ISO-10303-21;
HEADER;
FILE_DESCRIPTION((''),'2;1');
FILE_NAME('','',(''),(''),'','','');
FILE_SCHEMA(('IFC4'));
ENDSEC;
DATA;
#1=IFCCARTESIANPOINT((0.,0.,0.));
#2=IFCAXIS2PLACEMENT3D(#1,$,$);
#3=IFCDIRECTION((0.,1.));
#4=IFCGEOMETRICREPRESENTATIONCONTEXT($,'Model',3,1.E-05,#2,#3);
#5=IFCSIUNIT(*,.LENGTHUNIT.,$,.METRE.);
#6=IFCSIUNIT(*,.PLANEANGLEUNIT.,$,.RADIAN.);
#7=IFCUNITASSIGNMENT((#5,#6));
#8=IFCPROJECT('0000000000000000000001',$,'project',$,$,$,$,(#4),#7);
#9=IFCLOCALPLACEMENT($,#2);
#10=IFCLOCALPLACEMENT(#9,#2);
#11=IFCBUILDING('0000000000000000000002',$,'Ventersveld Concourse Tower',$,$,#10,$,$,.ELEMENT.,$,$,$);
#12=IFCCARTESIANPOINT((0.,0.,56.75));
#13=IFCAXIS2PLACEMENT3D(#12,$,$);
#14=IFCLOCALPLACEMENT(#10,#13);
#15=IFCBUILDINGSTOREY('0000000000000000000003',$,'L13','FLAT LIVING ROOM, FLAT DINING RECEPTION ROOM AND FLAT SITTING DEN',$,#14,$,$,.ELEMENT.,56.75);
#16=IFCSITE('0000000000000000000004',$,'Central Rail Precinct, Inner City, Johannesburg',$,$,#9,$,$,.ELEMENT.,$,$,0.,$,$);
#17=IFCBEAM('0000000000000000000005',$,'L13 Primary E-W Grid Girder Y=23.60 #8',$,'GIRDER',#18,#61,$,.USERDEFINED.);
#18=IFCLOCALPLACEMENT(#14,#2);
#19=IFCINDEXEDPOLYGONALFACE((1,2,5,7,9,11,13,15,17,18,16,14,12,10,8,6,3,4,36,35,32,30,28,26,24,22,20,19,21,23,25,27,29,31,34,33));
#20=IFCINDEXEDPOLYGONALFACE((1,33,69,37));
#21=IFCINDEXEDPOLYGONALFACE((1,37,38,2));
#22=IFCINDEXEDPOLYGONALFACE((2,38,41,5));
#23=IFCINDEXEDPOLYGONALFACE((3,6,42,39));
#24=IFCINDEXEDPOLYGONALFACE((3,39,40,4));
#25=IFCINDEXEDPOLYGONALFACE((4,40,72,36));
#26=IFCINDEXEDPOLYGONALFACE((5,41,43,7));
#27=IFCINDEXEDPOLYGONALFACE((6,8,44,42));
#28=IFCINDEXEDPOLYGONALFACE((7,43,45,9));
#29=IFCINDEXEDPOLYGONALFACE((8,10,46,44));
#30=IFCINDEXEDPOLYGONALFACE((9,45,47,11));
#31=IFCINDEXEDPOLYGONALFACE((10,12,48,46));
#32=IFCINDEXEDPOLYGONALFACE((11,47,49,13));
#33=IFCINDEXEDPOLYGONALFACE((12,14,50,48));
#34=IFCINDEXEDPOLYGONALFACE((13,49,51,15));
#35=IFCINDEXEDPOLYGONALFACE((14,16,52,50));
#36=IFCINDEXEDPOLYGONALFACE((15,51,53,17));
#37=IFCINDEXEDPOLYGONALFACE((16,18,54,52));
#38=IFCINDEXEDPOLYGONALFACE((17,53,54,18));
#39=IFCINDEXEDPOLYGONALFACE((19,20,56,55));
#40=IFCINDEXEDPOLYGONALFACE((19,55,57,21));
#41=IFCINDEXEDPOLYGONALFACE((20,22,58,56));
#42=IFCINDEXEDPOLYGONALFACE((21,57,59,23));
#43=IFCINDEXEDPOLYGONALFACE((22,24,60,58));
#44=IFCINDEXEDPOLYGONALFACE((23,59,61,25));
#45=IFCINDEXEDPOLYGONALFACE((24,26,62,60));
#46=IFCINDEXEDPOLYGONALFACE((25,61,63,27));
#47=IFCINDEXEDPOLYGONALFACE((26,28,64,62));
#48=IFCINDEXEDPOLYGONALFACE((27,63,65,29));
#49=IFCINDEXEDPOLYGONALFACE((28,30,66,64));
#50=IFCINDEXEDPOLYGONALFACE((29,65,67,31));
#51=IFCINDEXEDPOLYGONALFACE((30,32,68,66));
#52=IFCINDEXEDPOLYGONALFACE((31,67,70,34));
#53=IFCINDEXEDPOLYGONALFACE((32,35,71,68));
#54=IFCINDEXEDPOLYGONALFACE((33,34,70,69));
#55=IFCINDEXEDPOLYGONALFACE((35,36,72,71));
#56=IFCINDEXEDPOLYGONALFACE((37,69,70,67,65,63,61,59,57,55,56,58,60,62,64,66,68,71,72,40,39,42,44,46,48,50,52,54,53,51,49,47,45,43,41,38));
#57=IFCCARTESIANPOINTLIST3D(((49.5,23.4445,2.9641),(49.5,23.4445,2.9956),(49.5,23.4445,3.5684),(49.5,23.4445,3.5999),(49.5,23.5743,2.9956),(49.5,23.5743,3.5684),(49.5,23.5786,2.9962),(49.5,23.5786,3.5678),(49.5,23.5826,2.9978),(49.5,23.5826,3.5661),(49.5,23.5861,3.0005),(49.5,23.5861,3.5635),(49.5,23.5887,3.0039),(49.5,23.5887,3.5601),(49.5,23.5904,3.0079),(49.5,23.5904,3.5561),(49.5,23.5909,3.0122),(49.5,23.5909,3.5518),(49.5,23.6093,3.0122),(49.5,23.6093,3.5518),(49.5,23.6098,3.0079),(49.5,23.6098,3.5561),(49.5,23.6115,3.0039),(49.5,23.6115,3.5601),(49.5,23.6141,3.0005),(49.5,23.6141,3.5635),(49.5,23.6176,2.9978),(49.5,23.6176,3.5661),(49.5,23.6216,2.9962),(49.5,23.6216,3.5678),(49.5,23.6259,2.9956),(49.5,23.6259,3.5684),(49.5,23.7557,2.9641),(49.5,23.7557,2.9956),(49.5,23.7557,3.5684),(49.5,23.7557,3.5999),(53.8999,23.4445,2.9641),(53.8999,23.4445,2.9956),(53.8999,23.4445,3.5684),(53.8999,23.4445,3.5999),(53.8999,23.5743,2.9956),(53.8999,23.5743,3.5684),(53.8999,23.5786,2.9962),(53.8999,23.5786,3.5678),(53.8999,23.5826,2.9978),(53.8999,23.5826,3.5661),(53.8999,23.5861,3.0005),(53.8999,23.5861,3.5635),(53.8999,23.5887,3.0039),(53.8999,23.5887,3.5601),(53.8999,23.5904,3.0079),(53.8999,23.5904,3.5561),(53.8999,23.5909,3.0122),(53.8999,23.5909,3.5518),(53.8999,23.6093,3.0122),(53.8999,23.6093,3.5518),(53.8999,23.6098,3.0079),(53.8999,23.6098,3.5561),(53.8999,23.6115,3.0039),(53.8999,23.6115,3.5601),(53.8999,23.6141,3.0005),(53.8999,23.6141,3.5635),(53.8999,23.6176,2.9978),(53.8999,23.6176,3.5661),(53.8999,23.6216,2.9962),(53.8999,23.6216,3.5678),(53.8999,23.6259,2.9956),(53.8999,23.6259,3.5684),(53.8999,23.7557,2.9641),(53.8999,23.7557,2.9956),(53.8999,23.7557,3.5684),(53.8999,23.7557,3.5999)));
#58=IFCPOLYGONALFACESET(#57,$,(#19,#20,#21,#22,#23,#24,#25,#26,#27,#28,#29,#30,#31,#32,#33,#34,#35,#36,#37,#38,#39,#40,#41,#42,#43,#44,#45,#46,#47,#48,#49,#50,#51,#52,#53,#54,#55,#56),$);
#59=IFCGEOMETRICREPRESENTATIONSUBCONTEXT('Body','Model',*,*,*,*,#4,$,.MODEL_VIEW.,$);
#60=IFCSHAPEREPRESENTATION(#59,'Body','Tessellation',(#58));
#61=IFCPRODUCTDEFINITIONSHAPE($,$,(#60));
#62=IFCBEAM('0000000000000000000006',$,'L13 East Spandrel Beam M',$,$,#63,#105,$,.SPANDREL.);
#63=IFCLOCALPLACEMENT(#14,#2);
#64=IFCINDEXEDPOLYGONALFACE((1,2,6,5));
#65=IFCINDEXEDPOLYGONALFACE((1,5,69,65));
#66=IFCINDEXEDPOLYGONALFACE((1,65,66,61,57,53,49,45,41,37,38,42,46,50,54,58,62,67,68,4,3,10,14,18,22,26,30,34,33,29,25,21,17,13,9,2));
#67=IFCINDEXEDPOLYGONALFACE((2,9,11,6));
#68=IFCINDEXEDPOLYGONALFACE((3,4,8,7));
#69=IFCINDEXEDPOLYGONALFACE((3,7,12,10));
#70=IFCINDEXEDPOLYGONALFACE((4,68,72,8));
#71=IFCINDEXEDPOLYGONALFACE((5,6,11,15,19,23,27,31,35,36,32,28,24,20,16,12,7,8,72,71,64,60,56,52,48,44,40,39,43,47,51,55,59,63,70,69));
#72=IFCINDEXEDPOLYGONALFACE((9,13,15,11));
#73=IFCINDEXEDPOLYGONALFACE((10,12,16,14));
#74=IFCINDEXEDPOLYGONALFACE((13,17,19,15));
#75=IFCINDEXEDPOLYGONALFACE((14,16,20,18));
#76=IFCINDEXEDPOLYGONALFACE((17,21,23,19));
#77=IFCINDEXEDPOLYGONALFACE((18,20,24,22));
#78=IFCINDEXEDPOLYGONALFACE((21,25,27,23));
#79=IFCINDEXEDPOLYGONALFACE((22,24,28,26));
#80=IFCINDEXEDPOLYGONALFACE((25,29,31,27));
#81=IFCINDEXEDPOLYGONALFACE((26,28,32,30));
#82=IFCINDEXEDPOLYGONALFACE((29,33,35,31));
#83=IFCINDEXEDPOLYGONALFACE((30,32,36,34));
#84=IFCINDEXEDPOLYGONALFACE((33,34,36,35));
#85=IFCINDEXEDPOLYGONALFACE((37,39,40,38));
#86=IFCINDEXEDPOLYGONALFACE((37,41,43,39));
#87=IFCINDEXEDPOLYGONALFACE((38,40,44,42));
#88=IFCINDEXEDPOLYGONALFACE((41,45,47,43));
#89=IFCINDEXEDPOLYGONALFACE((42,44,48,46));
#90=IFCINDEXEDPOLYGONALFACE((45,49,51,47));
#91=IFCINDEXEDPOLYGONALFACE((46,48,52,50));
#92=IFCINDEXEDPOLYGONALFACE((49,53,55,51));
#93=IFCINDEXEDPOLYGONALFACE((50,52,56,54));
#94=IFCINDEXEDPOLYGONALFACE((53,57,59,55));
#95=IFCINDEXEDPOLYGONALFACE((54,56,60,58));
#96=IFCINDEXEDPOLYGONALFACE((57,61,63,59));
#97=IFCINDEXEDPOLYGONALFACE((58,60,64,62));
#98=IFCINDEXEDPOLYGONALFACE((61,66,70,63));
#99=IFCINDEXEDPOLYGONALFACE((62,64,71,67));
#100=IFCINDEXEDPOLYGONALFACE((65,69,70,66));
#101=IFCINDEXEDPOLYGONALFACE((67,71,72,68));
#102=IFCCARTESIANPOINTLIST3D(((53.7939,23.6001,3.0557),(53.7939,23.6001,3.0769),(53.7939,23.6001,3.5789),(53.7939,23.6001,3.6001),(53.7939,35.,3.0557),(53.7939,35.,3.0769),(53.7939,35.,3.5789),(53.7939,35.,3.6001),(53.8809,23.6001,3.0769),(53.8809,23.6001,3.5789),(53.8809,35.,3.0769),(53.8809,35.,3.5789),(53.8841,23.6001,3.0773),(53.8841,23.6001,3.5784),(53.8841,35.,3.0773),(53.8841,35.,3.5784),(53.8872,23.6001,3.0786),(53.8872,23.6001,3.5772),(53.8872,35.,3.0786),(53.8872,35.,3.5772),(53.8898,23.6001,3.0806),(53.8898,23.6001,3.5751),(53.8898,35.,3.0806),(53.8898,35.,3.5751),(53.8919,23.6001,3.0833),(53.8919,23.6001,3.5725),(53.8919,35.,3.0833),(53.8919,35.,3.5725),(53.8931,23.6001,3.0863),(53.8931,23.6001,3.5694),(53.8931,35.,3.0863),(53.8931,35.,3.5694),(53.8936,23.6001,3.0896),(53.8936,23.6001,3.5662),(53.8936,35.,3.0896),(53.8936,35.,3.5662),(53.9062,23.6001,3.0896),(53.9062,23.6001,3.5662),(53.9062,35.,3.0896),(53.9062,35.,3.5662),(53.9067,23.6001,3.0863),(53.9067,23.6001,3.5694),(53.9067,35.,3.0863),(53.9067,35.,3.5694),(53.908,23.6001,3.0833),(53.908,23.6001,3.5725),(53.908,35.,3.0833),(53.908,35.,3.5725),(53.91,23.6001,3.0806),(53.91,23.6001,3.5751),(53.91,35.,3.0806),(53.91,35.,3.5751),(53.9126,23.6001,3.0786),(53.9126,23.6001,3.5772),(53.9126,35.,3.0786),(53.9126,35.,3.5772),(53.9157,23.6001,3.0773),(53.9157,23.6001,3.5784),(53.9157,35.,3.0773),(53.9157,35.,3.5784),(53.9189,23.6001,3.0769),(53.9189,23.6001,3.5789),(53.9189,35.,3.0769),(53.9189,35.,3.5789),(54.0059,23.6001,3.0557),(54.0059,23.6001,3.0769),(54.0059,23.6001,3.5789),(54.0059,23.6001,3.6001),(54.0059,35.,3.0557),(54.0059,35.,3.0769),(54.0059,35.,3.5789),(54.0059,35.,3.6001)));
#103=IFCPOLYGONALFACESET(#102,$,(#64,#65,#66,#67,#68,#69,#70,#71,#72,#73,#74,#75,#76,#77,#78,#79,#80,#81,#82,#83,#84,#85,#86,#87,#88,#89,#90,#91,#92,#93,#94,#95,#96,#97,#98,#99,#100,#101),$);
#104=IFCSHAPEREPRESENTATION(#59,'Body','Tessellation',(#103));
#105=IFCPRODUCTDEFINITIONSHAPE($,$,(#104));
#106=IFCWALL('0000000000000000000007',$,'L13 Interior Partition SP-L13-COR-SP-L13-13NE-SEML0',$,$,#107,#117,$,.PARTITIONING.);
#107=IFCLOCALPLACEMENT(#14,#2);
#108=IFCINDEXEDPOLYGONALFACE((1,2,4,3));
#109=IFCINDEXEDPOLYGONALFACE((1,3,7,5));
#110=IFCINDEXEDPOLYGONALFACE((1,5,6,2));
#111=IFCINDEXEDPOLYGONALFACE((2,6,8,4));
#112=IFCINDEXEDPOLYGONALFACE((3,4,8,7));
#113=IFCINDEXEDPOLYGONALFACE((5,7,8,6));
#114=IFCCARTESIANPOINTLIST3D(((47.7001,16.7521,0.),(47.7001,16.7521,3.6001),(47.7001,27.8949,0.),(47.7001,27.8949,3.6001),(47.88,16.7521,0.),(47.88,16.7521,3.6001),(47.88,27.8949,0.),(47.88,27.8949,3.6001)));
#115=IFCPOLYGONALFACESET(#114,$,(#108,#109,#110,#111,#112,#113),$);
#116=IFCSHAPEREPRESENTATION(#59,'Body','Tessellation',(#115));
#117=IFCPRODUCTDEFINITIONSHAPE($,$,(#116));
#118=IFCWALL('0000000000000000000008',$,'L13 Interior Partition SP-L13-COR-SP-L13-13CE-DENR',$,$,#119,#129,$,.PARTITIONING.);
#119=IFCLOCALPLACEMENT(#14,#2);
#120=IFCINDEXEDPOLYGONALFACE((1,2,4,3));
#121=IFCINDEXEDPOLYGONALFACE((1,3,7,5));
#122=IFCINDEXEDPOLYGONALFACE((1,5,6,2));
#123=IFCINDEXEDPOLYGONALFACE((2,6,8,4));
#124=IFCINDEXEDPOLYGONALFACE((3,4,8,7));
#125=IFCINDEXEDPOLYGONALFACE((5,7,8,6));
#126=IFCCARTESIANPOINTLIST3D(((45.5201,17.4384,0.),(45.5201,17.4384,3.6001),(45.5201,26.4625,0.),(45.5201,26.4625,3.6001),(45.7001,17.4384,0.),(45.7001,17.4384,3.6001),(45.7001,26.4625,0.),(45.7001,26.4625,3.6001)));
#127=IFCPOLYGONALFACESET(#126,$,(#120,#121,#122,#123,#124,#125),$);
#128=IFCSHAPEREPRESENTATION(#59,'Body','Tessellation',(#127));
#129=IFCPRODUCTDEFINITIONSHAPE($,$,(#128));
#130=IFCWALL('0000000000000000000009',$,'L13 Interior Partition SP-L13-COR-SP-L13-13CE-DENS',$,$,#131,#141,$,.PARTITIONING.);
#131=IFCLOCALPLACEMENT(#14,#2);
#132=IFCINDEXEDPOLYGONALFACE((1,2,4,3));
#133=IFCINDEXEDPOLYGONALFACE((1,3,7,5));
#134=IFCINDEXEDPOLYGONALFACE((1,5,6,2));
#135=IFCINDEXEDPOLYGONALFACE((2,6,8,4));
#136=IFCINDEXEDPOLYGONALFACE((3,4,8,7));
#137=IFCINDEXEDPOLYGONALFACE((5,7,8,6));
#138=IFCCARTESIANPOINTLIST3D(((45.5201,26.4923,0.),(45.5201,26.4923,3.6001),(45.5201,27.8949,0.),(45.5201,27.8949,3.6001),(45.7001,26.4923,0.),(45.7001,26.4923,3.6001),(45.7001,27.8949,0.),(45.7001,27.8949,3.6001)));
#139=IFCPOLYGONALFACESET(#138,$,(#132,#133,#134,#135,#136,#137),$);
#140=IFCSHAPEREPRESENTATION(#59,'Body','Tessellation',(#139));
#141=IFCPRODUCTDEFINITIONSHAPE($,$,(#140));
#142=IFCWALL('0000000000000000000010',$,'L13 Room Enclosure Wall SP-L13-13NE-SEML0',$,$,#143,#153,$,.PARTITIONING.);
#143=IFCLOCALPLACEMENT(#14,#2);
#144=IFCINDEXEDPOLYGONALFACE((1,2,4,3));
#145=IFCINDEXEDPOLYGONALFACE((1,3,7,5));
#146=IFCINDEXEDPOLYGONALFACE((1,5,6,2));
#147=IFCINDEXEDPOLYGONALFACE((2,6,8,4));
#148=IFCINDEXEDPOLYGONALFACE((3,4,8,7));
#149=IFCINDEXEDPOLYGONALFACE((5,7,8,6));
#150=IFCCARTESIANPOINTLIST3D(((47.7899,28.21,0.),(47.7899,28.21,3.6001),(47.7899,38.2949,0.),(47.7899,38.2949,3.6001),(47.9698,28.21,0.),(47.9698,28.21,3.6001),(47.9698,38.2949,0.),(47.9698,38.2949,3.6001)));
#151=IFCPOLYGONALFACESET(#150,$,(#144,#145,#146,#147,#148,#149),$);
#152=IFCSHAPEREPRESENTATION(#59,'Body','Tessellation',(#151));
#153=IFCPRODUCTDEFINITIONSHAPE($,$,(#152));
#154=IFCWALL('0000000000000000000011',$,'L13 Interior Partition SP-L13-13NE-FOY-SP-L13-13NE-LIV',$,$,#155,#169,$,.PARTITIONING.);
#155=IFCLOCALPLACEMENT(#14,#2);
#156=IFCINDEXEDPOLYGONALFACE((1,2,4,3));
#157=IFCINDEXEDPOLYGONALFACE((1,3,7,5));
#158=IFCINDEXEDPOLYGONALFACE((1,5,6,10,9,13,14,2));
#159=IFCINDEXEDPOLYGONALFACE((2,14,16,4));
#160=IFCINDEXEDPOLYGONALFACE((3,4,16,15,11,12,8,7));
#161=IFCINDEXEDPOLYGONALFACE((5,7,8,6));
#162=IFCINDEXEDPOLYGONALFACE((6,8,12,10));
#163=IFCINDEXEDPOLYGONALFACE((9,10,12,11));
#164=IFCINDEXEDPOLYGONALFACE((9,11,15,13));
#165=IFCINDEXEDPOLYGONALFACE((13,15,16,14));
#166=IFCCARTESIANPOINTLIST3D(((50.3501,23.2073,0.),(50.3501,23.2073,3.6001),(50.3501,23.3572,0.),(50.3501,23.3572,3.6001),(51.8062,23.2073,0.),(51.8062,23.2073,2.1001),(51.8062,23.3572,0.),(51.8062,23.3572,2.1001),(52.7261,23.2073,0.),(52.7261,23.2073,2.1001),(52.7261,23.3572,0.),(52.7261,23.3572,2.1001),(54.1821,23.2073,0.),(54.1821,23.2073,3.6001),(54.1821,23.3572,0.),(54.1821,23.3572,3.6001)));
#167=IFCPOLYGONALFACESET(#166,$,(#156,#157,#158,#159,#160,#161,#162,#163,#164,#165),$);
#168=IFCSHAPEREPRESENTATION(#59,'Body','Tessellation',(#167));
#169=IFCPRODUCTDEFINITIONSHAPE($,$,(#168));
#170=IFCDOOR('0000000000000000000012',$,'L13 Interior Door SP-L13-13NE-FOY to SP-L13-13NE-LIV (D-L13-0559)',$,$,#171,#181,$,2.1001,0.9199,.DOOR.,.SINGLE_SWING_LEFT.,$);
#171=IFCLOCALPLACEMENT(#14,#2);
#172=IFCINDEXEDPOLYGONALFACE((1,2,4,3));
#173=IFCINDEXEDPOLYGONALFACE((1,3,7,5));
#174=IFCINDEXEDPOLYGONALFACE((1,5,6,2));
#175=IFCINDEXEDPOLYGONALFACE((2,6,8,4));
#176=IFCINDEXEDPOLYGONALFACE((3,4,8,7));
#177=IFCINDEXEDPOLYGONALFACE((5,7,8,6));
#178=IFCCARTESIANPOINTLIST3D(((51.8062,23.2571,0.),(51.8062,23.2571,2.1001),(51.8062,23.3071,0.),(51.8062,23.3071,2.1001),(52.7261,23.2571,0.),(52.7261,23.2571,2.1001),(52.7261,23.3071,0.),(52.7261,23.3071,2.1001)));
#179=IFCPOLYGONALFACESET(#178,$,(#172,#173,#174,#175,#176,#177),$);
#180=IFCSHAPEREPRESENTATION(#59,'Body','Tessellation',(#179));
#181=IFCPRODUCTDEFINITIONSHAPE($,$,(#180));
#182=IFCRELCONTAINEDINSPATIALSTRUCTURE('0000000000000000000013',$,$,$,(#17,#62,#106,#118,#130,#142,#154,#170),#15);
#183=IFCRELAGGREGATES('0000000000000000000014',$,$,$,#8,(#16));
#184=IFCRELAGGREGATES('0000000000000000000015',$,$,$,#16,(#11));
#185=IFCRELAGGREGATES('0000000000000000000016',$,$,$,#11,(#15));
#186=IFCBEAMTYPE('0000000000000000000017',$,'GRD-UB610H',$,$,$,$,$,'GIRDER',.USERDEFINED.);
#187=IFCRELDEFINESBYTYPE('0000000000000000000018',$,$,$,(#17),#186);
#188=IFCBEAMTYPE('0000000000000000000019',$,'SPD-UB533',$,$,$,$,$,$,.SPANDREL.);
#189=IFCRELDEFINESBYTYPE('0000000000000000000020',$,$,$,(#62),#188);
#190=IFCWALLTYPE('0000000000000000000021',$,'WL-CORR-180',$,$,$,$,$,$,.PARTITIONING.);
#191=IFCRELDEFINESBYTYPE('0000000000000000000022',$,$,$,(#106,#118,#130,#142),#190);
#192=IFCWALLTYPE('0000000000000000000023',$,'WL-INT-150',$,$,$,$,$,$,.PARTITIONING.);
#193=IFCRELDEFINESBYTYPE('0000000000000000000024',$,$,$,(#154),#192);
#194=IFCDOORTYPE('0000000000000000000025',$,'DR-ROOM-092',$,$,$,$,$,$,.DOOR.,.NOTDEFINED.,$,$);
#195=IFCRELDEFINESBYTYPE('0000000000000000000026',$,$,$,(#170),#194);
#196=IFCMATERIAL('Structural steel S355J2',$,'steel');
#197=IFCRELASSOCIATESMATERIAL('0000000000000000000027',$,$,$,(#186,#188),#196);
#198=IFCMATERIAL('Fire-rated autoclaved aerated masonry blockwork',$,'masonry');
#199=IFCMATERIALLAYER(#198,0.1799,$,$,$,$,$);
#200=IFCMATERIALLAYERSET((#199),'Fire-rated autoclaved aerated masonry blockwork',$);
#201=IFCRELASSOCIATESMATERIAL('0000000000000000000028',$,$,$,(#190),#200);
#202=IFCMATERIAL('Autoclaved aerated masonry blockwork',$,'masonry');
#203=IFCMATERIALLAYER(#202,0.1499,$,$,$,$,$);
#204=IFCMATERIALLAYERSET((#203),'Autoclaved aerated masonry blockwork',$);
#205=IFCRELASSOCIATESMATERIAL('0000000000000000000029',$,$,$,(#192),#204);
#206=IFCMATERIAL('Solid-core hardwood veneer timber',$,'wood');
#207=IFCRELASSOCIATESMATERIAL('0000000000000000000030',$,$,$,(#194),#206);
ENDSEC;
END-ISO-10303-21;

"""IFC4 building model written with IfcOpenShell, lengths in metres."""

from ifc_helpers import new_model, si_unit, direction, frame, frame_2d, origin, origin_2d, place, context, subcontext, project, spatial, rectangle, i_section, extrude, material, layer, layer_set, material_profile, profile_set, type_object, element, fill, save


model = new_model("IFC4")

# Units and contexts
model_context = context("Model", 3, precision=1e-05, world=origin(), true_north=direction((0.0, 1.0)))
body_context = subcontext(model_context, "Body", "Model", "MODEL_VIEW")
ifc_project = project(units=[si_unit("LENGTHUNIT", "METRE"), si_unit("PLANEANGLEUNIT", "RADIAN")], contexts=[model_context])

# Site, building, storey
site_placement = place(None, origin())
site = spatial("IfcSite", under=ifc_project, at=site_placement, Name="Central Rail Precinct, Inner City, Johannesburg", CompositionType="ELEMENT", RefElevation=0.0)
building_placement = place(site_placement, origin())
building = spatial("IfcBuilding", under=site, at=building_placement, Name="Ventersveld Concourse Tower", CompositionType="ELEMENT")
storey_placement = place(building_placement, frame((0.0, 0.0, 56.75)))
storey = spatial("IfcBuildingStorey", under=building, at=storey_placement, Name="L13", Description="FLAT LIVING ROOM, FLAT DINING RECEPTION ROOM AND FLAT SITTING DEN", CompositionType="ELEMENT", Elevation=56.75)

# Beams
ifc_material_1 = material(Name="Structural steel S355J2", Category="steel")
ifc_material_profile_1 = material_profile(ifc_material_1, i_section(OverallWidth=0.3113, OverallDepth=0.6357, WebThickness=0.0183, FlangeThickness=0.0315, FilletRadius=0.0166, at=origin_2d()), Name="UB 610x305x238")
ifc_profile_set_1 = profile_set([ifc_material_profile_1], Name="Structural steel S355J2")
beam_type_1 = type_object("IfcBeamType", Name="GRD-UB610H", ElementType="GIRDER", PredefinedType="USERDEFINED", material=ifc_profile_set_1)
beam_1_placement = place(storey_placement, frame((49.5, 23.6001, 3.282), z_axis=(1.0, 0.0, 0.0), x_axis=(0.0, 1.0, 0.0)))
element("IfcBeam", 1, at=beam_1_placement, inside=storey, type_object=beam_type_1, Name="L13 Primary E-W Grid Girder Y=23.60 #8", ObjectType="GIRDER", PredefinedType="USERDEFINED", context=body_context, shape_type="SweptSolid", body=[
    extrude(i_section(OverallWidth=0.3113, OverallDepth=0.6357, WebThickness=0.0183, FlangeThickness=0.0315, FilletRadius=0.0166, at=origin_2d()), origin(), (0.0, 0.0, 1.0), 4.3999),
])
ifc_material_profile_2 = material_profile(ifc_material_1, i_section(OverallWidth=0.2119, OverallDepth=0.5444, WebThickness=0.0127, FlangeThickness=0.0212, FilletRadius=0.0127, at=origin_2d()), Name="UB 533x210x122")
ifc_profile_set_2 = profile_set([ifc_material_profile_2], Name="Structural steel S355J2")
beam_type_2 = type_object("IfcBeamType", Name="SPD-UB533", PredefinedType="SPANDREL", material=ifc_profile_set_2)
beam_2_placement = place(storey_placement, frame((53.8999, 23.6001, 3.3279), z_axis=(0.0, 1.0, 0.0), x_axis=(-1.0, 0.0, 0.0)))
element("IfcBeam", 2, at=beam_2_placement, inside=storey, type_object=beam_type_2, Name="L13 East Spandrel Beam M", PredefinedType="SPANDREL", context=body_context, shape_type="SweptSolid", body=[
    extrude(i_section(OverallWidth=0.2119, OverallDepth=0.5444, WebThickness=0.0127, FlangeThickness=0.0212, FilletRadius=0.0127, at=origin_2d()), origin(), (0.0, 0.0, 1.0), 11.3999),
])

# Walls
ifc_material_2 = material(Name="Fire-rated autoclaved aerated masonry blockwork", Category="masonry")
ifc_layer_1 = layer(ifc_material_2, 0.1799)
ifc_layer_set_1 = layer_set([ifc_layer_1], Name="Fire-rated autoclaved aerated masonry blockwork")
wall_type_1 = type_object("IfcWallType", Name="WL-CORR-180", PredefinedType="PARTITIONING", material=ifc_layer_set_1)
wall_1_placement = place(storey_placement, frame((47.79, 16.7522, 0.0), z_axis=(0.0, 0.0, 1.0), x_axis=(0.0, 1.0, 0.0)))
element("IfcWall", 3, at=wall_1_placement, inside=storey, type_object=wall_type_1, Name="L13 Interior Partition SP-L13-COR-SP-L13-13NE-SEML0", PredefinedType="PARTITIONING", context=body_context, shape_type="SweptSolid", body=[
    extrude(rectangle(XDim=11.1428, YDim=0.1799, at=frame_2d((5.5713, 0.0))), origin(), (0.0, 0.0, 1.0), 3.6001),
])
wall_2_placement = place(storey_placement, frame((45.6101, 17.4382, 0.0), z_axis=(0.0, 0.0, 1.0), x_axis=(0.0, 1.0, 0.0)))
element("IfcWall", 4, at=wall_2_placement, inside=storey, type_object=wall_type_1, Name="L13 Interior Partition SP-L13-COR-SP-L13-13CE-DENR", PredefinedType="PARTITIONING", context=body_context, shape_type="SweptSolid", body=[
    extrude(rectangle(XDim=9.0242, YDim=0.1799, at=frame_2d((4.5122, 0.0))), origin(), (0.0, 0.0, 1.0), 3.6001),
])
wall_3_placement = place(storey_placement, frame((45.6101, 26.4924, 0.0), z_axis=(0.0, 0.0, 1.0), x_axis=(0.0, 1.0, 0.0)))
element("IfcWall", 5, at=wall_3_placement, inside=storey, type_object=wall_type_1, Name="L13 Interior Partition SP-L13-COR-SP-L13-13CE-DENS", PredefinedType="PARTITIONING", context=body_context, shape_type="SweptSolid", body=[
    extrude(rectangle(XDim=1.4026, YDim=0.1799, at=frame_2d((0.7012, 0.0))), origin(), (0.0, 0.0, 1.0), 3.6001),
])
wall_4_placement = place(storey_placement, frame((47.8799, 28.21, 0.0), z_axis=(0.0, 0.0, 1.0), x_axis=(0.0, 1.0, 0.0)))
element("IfcWall", 6, at=wall_4_placement, inside=storey, type_object=wall_type_1, Name="L13 Room Enclosure Wall SP-L13-13NE-SEML0", PredefinedType="PARTITIONING", context=body_context, shape_type="SweptSolid", body=[
    extrude(rectangle(XDim=10.085, YDim=0.1799, at=frame_2d((5.0425, 0.0))), origin(), (0.0, 0.0, 1.0), 3.6001),
])

# Wall, opening, door
ifc_material_3 = material(Name="Autoclaved aerated masonry blockwork", Category="masonry")
ifc_layer_2 = layer(ifc_material_3, 0.1499)
ifc_layer_set_2 = layer_set([ifc_layer_2], Name="Autoclaved aerated masonry blockwork")
wall_type_2 = type_object("IfcWallType", Name="WL-INT-150", PredefinedType="PARTITIONING", material=ifc_layer_set_2)
wall_5_placement = place(storey_placement, frame((50.3501, 23.2822, 0.0), z_axis=(0.0, 0.0, 1.0), x_axis=(1.0, 0.0, 0.0)))
wall_5 = element("IfcWall", 7, at=wall_5_placement, inside=storey, type_object=wall_type_2, Name="L13 Interior Partition SP-L13-13NE-FOY-SP-L13-13NE-LIV", PredefinedType="PARTITIONING", context=body_context, shape_type="SweptSolid", body=[
    extrude(rectangle(XDim=3.832, YDim=0.1499, at=frame_2d((1.916, 0.0))), origin(), (0.0, 0.0, 1.0), 3.6001),
])
opening_1_placement = place(wall_5_placement, frame((1.4561, 0.0, 0.0)))
opening_1 = element("IfcOpeningElement", 8, at=opening_1_placement, cuts=wall_5, PredefinedType="OPENING", context=body_context, shape_type="SweptSolid", body=[
    extrude(rectangle(XDim=0.9199, YDim=2.1001, at=frame_2d((0.46, 1.05))), frame((0.0, 0.085, 0.0), z_axis=(0.0, -1.0, 0.0), x_axis=(1.0, 0.0, 0.0)), (0.0, 0.0, 1.0), 0.1699),
])
ifc_material_4 = material(Name="Solid-core hardwood veneer timber", Category="wood")
door_type = type_object("IfcDoorType", Name="DR-ROOM-092", OperationType="NOTDEFINED", PredefinedType="DOOR", material=ifc_material_4)
door_1_placement = place(opening_1_placement, origin())
door_1 = element("IfcDoor", 9, at=door_1_placement, inside=storey, type_object=door_type, Name="L13 Interior Door SP-L13-13NE-FOY to SP-L13-13NE-LIV (D-L13-0559)", OperationType="SINGLE_SWING_LEFT", OverallHeight=2.1001, OverallWidth=0.9199, PredefinedType="DOOR", context=body_context, shape_type="SweptSolid", body=[
    extrude(rectangle(XDim=0.9199, YDim=2.1001, at=frame_2d((0.46, 1.05))), frame((0.0, 0.0249, 0.0), z_axis=(0.0, -1.0, 0.0), x_axis=(1.0, 0.0, 0.0)), (0.0, 0.0, 1.0), 0.05),
])
fill(opening_1, door_1)

save(model, "model.ifc")
